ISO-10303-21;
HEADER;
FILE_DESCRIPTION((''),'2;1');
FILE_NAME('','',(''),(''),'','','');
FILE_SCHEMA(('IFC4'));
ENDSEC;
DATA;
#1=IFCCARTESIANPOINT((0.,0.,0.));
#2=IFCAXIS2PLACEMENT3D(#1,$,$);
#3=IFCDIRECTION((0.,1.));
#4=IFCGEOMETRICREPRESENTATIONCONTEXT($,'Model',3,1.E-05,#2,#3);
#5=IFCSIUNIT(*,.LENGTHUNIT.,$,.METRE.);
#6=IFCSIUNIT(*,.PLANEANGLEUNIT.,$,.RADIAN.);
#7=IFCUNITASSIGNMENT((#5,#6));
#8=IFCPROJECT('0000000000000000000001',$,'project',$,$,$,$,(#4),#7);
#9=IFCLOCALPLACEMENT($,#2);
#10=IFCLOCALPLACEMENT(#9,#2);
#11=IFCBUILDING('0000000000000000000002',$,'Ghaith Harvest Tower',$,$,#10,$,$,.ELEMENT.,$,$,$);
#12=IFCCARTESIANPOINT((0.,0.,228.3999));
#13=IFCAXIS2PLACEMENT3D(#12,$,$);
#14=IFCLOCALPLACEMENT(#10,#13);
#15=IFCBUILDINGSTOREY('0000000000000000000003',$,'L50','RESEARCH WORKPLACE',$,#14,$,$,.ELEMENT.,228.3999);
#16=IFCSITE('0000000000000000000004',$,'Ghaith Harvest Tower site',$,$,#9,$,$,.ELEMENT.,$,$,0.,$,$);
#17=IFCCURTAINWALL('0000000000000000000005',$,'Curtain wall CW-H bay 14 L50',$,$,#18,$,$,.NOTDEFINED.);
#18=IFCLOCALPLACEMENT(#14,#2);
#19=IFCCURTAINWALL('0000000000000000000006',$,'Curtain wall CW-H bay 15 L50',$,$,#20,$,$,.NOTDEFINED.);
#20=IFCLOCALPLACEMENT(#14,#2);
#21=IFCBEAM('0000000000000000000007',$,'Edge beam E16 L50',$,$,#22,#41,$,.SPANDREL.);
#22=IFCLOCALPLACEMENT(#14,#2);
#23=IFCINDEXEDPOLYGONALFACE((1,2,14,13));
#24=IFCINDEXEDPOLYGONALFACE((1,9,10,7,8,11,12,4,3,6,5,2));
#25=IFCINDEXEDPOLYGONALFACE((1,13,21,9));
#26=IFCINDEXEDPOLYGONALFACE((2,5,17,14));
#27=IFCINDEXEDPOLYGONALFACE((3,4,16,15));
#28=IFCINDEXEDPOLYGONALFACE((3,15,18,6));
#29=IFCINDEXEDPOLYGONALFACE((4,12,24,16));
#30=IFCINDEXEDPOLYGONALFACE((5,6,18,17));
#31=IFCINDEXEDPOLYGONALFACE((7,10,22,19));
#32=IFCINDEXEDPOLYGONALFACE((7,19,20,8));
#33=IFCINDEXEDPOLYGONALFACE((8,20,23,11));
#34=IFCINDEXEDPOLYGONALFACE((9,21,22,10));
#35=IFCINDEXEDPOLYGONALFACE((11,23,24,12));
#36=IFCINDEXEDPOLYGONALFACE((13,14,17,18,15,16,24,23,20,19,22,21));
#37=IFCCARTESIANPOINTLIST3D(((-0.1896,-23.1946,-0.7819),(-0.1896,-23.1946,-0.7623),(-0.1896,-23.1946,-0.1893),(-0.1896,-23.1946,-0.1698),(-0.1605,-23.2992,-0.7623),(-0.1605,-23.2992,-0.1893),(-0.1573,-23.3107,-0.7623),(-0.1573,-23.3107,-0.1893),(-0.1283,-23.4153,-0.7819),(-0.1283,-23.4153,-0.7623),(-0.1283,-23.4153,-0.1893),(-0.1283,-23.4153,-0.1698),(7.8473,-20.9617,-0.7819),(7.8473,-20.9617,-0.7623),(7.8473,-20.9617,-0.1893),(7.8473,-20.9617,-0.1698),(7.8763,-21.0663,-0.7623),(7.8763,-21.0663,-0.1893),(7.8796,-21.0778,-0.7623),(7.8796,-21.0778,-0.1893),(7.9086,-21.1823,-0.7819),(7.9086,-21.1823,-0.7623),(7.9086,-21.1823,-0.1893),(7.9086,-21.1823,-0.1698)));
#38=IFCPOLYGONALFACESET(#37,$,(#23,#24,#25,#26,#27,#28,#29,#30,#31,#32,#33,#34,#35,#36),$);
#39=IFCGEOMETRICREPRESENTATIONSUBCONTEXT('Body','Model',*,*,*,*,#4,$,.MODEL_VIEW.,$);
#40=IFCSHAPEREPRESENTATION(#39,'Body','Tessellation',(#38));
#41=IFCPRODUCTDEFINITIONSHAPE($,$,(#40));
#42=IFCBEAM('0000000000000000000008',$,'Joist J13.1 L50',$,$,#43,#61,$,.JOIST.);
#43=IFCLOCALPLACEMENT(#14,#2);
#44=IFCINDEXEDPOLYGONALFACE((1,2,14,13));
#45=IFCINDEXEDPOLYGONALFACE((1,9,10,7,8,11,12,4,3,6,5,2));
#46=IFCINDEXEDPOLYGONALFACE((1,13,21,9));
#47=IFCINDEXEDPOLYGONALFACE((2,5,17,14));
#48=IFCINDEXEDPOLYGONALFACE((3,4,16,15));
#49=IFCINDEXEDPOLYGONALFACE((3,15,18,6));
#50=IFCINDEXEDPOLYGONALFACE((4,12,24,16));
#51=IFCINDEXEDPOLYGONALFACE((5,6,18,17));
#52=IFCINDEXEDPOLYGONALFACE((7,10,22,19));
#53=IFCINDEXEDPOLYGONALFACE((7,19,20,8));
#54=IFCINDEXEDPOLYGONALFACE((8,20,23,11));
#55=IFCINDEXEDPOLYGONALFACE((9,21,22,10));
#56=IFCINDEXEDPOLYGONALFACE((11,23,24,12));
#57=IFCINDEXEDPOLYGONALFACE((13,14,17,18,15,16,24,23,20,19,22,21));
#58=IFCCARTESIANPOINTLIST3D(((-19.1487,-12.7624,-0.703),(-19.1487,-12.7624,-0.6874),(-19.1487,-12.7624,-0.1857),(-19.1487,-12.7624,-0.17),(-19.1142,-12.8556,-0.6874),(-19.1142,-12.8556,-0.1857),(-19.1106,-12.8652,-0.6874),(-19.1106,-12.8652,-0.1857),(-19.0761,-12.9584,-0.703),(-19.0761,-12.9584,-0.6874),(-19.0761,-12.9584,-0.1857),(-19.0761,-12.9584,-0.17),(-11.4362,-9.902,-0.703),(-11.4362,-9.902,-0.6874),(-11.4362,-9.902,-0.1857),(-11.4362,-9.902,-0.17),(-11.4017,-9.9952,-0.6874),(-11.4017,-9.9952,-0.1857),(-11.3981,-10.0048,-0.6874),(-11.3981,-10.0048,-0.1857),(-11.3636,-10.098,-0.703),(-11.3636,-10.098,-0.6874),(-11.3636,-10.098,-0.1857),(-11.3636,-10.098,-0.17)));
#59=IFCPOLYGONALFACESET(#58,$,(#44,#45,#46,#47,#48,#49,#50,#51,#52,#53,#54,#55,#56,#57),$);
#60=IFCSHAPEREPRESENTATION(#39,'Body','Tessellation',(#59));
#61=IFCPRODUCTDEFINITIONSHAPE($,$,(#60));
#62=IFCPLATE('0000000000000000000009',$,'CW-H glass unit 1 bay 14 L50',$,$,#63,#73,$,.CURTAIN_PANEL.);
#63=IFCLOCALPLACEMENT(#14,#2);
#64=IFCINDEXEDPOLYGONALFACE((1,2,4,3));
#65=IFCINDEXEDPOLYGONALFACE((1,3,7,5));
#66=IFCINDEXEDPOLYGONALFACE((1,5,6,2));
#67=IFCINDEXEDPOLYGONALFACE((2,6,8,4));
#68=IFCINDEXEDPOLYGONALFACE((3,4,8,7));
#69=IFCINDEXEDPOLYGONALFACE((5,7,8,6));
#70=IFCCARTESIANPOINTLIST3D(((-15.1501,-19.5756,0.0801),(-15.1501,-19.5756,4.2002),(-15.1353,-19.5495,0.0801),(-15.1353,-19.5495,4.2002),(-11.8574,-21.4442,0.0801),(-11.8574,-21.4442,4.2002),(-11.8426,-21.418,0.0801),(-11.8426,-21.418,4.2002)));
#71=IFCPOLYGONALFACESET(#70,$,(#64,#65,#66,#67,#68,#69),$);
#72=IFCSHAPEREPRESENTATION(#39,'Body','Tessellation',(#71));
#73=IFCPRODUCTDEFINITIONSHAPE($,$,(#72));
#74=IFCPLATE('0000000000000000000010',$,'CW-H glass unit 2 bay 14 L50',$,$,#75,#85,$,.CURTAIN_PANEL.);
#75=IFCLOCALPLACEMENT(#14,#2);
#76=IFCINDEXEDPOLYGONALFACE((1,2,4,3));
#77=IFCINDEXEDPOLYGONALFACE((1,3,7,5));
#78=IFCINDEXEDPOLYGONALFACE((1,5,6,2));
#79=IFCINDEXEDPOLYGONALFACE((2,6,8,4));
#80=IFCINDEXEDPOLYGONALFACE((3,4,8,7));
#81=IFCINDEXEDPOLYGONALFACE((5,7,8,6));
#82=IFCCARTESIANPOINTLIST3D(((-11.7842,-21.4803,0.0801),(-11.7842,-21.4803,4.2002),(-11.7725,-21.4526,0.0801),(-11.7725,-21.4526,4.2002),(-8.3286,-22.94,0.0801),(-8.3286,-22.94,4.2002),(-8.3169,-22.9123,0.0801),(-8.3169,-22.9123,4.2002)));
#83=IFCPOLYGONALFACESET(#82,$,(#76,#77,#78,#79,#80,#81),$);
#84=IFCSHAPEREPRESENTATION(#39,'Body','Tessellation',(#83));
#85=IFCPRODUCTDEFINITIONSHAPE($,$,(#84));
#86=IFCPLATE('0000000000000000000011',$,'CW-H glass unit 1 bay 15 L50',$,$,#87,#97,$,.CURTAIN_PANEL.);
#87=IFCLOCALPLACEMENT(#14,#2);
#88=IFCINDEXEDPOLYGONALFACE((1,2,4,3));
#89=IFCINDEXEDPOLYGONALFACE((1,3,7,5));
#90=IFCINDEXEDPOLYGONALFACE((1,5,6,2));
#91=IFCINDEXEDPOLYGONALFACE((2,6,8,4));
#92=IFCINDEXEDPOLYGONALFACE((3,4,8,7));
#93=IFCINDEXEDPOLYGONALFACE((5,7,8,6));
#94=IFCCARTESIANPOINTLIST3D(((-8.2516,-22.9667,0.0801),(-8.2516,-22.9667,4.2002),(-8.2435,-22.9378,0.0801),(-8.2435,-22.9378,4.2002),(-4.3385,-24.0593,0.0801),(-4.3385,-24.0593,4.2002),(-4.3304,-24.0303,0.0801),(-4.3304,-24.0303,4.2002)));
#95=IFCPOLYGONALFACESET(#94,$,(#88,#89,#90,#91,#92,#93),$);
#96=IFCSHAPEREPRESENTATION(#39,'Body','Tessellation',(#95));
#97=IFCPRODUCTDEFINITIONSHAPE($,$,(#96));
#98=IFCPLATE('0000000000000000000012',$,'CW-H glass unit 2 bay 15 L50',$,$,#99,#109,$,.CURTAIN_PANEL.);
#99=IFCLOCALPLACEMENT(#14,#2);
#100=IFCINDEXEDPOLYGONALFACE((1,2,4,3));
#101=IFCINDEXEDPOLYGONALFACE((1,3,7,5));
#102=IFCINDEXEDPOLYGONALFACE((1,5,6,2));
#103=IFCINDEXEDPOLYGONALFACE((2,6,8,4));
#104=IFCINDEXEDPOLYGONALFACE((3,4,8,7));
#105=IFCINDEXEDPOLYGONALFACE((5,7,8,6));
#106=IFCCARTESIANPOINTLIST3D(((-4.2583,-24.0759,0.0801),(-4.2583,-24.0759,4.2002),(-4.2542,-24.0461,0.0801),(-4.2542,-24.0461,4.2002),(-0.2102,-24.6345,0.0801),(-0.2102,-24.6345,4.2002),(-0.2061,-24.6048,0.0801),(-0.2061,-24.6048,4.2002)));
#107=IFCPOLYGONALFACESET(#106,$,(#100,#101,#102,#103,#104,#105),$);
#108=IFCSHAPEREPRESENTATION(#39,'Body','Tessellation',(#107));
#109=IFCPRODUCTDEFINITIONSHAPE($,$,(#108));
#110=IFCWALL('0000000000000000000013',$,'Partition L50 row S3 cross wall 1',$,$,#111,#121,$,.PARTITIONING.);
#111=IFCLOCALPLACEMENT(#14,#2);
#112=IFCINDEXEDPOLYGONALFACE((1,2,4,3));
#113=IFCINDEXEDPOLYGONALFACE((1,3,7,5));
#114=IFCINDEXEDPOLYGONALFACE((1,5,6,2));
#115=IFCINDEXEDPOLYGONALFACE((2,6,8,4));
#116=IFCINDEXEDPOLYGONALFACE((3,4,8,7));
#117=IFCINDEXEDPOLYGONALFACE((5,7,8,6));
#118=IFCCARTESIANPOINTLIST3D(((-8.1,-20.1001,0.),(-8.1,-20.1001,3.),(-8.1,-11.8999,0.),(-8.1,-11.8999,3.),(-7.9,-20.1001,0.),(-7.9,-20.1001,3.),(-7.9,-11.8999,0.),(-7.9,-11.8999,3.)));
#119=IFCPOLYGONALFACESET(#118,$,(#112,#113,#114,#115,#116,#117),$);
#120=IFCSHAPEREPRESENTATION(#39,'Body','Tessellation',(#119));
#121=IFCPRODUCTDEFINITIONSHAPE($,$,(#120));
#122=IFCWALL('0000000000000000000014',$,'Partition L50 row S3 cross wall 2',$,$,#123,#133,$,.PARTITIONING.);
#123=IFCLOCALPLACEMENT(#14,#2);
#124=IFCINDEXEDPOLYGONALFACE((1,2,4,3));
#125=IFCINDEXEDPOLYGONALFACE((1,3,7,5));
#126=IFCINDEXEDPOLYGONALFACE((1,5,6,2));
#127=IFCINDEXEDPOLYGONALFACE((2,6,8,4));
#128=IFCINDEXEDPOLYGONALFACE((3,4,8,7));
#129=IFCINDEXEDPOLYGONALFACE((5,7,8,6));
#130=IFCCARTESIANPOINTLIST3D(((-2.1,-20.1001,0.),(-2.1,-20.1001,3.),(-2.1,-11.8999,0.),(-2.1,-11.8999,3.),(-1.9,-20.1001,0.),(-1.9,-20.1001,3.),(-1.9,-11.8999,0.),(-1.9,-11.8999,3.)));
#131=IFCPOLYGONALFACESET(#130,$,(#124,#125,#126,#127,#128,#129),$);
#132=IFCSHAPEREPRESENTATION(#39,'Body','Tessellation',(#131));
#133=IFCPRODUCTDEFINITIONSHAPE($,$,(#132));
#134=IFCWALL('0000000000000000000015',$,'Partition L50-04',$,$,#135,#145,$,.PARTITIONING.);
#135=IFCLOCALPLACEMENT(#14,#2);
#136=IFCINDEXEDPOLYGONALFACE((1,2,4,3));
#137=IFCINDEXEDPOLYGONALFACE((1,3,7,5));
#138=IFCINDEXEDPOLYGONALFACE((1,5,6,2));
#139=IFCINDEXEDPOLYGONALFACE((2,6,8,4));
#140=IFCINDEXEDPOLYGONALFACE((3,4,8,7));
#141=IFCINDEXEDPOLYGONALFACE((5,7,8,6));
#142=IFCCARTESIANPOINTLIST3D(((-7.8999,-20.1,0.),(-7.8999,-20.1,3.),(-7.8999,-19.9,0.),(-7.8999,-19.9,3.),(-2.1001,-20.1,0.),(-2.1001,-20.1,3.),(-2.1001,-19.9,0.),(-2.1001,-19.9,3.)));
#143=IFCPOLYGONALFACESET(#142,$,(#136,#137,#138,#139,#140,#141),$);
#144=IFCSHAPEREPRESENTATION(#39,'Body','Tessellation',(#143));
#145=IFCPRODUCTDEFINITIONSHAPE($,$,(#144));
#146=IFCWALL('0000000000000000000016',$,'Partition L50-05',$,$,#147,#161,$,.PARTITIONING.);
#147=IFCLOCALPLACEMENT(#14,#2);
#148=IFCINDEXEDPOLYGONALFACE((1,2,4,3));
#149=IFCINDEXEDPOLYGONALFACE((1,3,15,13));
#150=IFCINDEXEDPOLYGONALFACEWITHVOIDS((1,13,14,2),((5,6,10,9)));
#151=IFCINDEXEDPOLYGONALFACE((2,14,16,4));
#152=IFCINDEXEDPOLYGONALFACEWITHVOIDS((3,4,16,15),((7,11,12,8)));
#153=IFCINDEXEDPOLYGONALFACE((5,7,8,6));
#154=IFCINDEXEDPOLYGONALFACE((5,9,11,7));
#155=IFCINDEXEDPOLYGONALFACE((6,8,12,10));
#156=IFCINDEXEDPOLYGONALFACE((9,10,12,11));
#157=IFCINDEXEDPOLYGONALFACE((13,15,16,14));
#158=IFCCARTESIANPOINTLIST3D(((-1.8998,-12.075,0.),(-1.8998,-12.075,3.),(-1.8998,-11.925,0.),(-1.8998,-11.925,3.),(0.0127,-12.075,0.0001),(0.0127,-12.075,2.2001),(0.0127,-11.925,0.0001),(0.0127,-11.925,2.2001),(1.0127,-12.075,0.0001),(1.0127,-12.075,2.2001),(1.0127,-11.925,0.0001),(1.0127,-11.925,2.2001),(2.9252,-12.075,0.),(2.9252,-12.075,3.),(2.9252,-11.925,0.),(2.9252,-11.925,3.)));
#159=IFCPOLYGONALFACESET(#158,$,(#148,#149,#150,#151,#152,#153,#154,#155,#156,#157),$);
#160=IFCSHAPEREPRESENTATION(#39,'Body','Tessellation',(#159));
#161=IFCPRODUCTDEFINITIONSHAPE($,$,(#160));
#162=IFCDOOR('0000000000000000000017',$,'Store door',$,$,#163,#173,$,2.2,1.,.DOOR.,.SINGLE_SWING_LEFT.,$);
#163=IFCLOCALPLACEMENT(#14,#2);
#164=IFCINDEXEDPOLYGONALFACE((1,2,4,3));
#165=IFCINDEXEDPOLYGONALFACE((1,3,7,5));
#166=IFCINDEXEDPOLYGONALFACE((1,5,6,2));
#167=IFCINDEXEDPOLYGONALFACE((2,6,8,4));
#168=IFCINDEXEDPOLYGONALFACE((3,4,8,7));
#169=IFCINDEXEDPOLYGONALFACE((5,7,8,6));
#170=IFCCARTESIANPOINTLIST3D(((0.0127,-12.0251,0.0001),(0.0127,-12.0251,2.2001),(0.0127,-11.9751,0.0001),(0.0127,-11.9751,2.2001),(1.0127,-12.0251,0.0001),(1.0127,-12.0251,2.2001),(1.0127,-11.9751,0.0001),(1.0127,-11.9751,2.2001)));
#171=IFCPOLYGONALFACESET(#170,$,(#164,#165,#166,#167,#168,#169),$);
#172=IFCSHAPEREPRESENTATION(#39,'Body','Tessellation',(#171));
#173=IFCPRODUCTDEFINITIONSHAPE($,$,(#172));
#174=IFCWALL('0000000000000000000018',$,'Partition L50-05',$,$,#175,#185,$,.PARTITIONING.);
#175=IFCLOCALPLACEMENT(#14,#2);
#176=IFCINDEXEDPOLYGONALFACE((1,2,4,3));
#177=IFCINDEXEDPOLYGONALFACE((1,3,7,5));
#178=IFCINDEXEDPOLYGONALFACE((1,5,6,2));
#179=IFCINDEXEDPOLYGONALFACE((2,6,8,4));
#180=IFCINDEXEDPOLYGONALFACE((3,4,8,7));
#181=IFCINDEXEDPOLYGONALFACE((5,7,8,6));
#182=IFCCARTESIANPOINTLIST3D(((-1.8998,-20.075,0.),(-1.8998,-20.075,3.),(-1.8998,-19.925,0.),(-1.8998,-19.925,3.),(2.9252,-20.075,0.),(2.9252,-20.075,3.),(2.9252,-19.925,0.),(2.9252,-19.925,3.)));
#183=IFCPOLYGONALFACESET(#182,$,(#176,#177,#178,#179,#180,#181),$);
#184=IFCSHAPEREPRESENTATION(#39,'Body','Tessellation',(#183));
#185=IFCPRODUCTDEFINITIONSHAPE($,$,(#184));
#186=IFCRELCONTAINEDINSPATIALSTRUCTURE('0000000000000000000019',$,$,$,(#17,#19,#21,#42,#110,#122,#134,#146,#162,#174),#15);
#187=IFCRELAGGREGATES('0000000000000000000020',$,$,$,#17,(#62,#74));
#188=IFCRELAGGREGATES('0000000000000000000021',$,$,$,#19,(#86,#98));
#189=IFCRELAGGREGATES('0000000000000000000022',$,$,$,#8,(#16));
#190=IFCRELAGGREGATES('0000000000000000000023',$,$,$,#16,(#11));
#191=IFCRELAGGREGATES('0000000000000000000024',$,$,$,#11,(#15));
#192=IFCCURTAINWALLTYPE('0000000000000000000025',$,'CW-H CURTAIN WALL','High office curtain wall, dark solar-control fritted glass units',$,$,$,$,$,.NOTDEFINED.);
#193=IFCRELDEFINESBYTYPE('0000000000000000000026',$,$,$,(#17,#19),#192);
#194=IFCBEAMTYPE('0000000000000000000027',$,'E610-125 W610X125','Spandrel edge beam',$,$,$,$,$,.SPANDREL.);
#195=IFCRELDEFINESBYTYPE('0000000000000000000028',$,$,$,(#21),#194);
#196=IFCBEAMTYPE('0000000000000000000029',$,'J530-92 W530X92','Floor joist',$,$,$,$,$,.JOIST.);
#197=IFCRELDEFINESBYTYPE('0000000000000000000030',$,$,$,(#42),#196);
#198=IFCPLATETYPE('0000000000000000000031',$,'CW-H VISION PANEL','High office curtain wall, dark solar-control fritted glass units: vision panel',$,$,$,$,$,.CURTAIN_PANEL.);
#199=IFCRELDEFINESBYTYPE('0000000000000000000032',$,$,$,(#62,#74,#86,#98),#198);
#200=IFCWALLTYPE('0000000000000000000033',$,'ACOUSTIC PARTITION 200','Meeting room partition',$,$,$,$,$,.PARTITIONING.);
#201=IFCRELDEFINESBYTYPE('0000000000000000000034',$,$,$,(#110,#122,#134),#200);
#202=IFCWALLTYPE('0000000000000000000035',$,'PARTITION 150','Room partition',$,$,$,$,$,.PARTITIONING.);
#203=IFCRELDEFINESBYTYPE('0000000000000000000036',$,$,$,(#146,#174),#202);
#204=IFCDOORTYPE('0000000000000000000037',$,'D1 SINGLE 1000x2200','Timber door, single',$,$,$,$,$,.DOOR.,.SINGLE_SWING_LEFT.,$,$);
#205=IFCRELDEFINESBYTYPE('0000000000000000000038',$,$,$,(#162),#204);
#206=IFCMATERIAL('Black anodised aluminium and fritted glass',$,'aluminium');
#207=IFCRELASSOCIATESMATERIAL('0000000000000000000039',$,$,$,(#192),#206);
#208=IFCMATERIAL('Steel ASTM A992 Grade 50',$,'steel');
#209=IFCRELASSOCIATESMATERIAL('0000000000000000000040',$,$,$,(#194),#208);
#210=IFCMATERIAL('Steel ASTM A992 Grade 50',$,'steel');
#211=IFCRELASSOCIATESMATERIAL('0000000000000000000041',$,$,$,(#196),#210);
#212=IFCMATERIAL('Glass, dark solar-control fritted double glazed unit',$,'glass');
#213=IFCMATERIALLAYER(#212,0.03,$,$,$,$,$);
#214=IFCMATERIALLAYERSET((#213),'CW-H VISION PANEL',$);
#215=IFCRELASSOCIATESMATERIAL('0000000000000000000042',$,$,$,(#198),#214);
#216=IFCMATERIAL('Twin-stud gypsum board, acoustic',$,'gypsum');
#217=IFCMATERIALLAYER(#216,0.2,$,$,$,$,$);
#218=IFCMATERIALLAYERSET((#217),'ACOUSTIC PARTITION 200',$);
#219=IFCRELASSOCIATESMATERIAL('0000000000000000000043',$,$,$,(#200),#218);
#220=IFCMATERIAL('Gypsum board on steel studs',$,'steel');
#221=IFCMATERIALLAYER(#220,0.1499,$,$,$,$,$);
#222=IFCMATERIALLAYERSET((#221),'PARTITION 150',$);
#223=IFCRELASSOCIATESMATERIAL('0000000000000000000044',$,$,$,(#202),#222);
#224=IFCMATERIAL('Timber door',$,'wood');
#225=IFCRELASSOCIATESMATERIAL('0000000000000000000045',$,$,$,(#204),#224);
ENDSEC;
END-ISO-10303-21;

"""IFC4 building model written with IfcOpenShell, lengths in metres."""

from ifc_helpers import new_model, si_unit, direction, frame, frame_2d, origin, origin_2d, place, context, subcontext, project, spatial, rectangle, i_section, extrude, material, layer, layer_set, material_profile, profile_set, type_object, element, fill, aggregate, save


model = new_model("IFC4")

# Units and contexts
model_context = context("Model", 3, precision=1e-05, world=origin(), true_north=direction((0.0, 1.0)))
body_context = subcontext(model_context, "Body", "Model", "MODEL_VIEW")
ifc_project = project(units=[si_unit("LENGTHUNIT", "METRE"), si_unit("PLANEANGLEUNIT", "RADIAN")], contexts=[model_context])

# Site, building, storey
site_placement = place(None, origin())
site = spatial("IfcSite", under=ifc_project, at=site_placement, Name="Ghaith Harvest Tower site", CompositionType="ELEMENT", RefElevation=0.0)
building_placement = place(site_placement, origin())
building = spatial("IfcBuilding", under=site, at=building_placement, Name="Ghaith Harvest Tower", CompositionType="ELEMENT")
storey_placement = place(building_placement, frame((0.0, 0.0, 228.3999)))
storey = spatial("IfcBuildingStorey", under=building, at=storey_placement, Name="L50", Description="RESEARCH WORKPLACE", CompositionType="ELEMENT", Elevation=228.3999)

# Curtain wall
ifc_material_1 = material(Name="Black anodised aluminium and fritted glass", Category="aluminium")
curtain_wall_type = type_object("IfcCurtainWallType", Name="CW-H CURTAIN WALL", Description="High office curtain wall, dark solar-control fritted glass units", PredefinedType="NOTDEFINED", material=ifc_material_1)
curtain_wall_1_placement = place(storey_placement, origin())
curtain_wall_1 = element("IfcCurtainWall", 1, at=curtain_wall_1_placement, inside=storey, type_object=curtain_wall_type, Name="Curtain wall CW-H bay 14 L50", PredefinedType="NOTDEFINED")

# Curtain wall
curtain_wall_2_placement = place(storey_placement, origin())
curtain_wall_2 = element("IfcCurtainWall", 2, at=curtain_wall_2_placement, inside=storey, type_object=curtain_wall_type, Name="Curtain wall CW-H bay 15 L50", PredefinedType="NOTDEFINED")

# Beams
ifc_material_2 = material(Name="Steel ASTM A992 Grade 50", Category="steel")
ifc_material_profile_1 = material_profile(ifc_material_2, i_section(OverallWidth=0.229, OverallDepth=0.6121, WebThickness=0.012, FlangeThickness=0.0195, at=origin_2d()), Name="W610X125")
ifc_profile_set_1 = profile_set([ifc_material_profile_1], Name="Steel ASTM A992 Grade 50")
beam_type_1 = type_object("IfcBeamType", Name="E610-125 W610X125", Description="Spandrel edge beam", PredefinedType="SPANDREL", material=ifc_profile_set_1)
beam_1_placement = place(storey_placement, frame((-0.1589, -23.3049, -0.4758), z_axis=(0.963504, 0.267694, 0.0), x_axis=(-0.267694, 0.963504, 0.0)))
element("IfcBeam", 3, at=beam_1_placement, inside=storey, type_object=beam_type_1, Name="Edge beam E16 L50", PredefinedType="SPANDREL", context=body_context, shape_type="SweptSolid", body=[
    extrude(i_section(OverallWidth=0.229, OverallDepth=0.6121, WebThickness=0.012, FlangeThickness=0.0195, at=origin_2d()), origin(), (0.0, 0.0, 1.0), 8.3413),
])
ifc_material_3 = material(Name="Steel ASTM A992 Grade 50", Category="steel")
ifc_material_profile_2 = material_profile(ifc_material_3, i_section(OverallWidth=0.209, OverallDepth=0.533, WebThickness=0.0103, FlangeThickness=0.0156, at=origin_2d()), Name="W530X92")
ifc_profile_set_2 = profile_set([ifc_material_profile_2], Name="Steel ASTM A992 Grade 50")
beam_type_2 = type_object("IfcBeamType", Name="J530-92 W530X92", Description="Floor joist", PredefinedType="JOIST", material=ifc_profile_set_2)
beam_2_placement = place(storey_placement, frame((-11.3999, -10.0, -0.4365), z_axis=(-0.937594, -0.347732, 0.0), x_axis=(0.347732, -0.937594, 0.0)))
element("IfcBeam", 4, at=beam_2_placement, inside=storey, type_object=beam_type_2, Name="Joist J13.1 L50", PredefinedType="JOIST", context=body_context, shape_type="SweptSolid", body=[
    extrude(i_section(OverallWidth=0.209, OverallDepth=0.533, WebThickness=0.0103, FlangeThickness=0.0156, at=origin_2d()), origin(), (0.0, 0.0, 1.0), 8.2258),
])

# Plates
ifc_material_4 = material(Name="Glass, dark solar-control fritted double glazed unit", Category="glass")
ifc_layer_1 = layer(ifc_material_4, 0.03)
ifc_layer_set_1 = layer_set([ifc_layer_1], Name="CW-H VISION PANEL")
plate_type = type_object("IfcPlateType", Name="CW-H VISION PANEL", Description="High office curtain wall, dark solar-control fritted glass units: vision panel", PredefinedType="CURTAIN_PANEL", material=ifc_layer_set_1)
plate_1_placement = place(storey_placement, frame((-13.4963, -20.4968, 0.0801), z_axis=(0.0, 0.0, 1.0), x_axis=(0.869715, -0.493554, 0.0)))
plate_1 = element("IfcPlate", 5, at=plate_1_placement, type_object=plate_type, Name="CW-H glass unit 1 bay 14 L50", PredefinedType="CURTAIN_PANEL", context=body_context, shape_type="SweptSolid", body=[
    extrude(rectangle(XDim=3.7859, YDim=0.03, at=origin_2d()), origin(), (0.0, 0.0, 1.0), 4.1201),
])
plate_2_placement = place(storey_placement, frame((-10.0505, -22.1963, 0.0801), z_axis=(0.0, 0.0, 1.0), x_axis=(0.921182, -0.389133, 0.0)))
plate_2 = element("IfcPlate", 6, at=plate_2_placement, type_object=plate_type, Name="CW-H glass unit 2 bay 14 L50", PredefinedType="CURTAIN_PANEL", context=body_context, shape_type="SweptSolid", body=[
    extrude(rectangle(XDim=3.7512, YDim=0.03, at=origin_2d()), origin(), (0.0, 0.0, 1.0), 4.1201),
])
aggregate(curtain_wall_1, [plate_1, plate_2])
plate_3_placement = place(storey_placement, frame((-6.291, -23.4985, 0.0801), z_axis=(0.0, 0.0, 1.0), x_axis=(0.963163, -0.268919, 0.0)))
plate_3 = element("IfcPlate", 7, at=plate_3_placement, type_object=plate_type, Name="CW-H glass unit 1 bay 15 L50", PredefinedType="CURTAIN_PANEL", context=body_context, shape_type="SweptSolid", body=[
    extrude(rectangle(XDim=4.0627, YDim=0.03, at=origin_2d()), origin(), (0.0, 0.0, 1.0), 4.1201),
])
plate_4_placement = place(storey_placement, frame((-2.2322, -24.3403, 0.0801), z_axis=(0.0, 0.0, 1.0), x_axis=(0.990612, -0.136702, 0.0)))
plate_4 = element("IfcPlate", 8, at=plate_4_placement, type_object=plate_type, Name="CW-H glass unit 2 bay 15 L50", PredefinedType="CURTAIN_PANEL", context=body_context, shape_type="SweptSolid", body=[
    extrude(rectangle(XDim=4.0864, YDim=0.03, at=origin_2d()), origin(), (0.0, 0.0, 1.0), 4.1201),
])
aggregate(curtain_wall_2, [plate_3, plate_4])

# Walls
ifc_material_5 = material(Name="Twin-stud gypsum board, acoustic", Category="gypsum")
ifc_layer_2 = layer(ifc_material_5, 0.2)
ifc_layer_set_2 = layer_set([ifc_layer_2], Name="ACOUSTIC PARTITION 200")
wall_type_1 = type_object("IfcWallType", Name="ACOUSTIC PARTITION 200", Description="Meeting room partition", PredefinedType="PARTITIONING", material=ifc_layer_set_2)
for number, where, z_axis, x_axis, name in (
    (9, (-8.0, -11.8999, 0.0), (0.0, 0.0, 1.0), (0.0, -1.0, 0.0), "Partition L50 row S3 cross wall 1"),
    (10, (-2.0, -11.8999, 0.0), (0.0, 0.0, 1.0), (0.0, -1.0, 0.0), "Partition L50 row S3 cross wall 2"),
):
    element("IfcWall", number, at=place(storey_placement, frame(where, z_axis=z_axis, x_axis=x_axis)), inside=storey, type_object=wall_type_1, Name=name, PredefinedType="PARTITIONING", context=body_context, shape_type="SweptSolid", body=[
        extrude(rectangle(XDim=8.2002, YDim=0.2, at=frame_2d((4.1001, 0.0))), origin(), (0.0, 0.0, 1.0), 3.0),
    ])

# Wall
wall_1_placement = place(storey_placement, frame((-7.8999, -20.0, 0.0), z_axis=(0.0, 0.0, 1.0), x_axis=(1.0, 0.0, 0.0)))
element("IfcWall", 11, at=wall_1_placement, inside=storey, type_object=wall_type_1, Name="Partition L50-04", PredefinedType="PARTITIONING", context=body_context, shape_type="SweptSolid", body=[
    extrude(rectangle(XDim=5.7998, YDim=0.2, at=frame_2d((2.8999, 0.0))), origin(), (0.0, 0.0, 1.0), 3.0),
])

# Wall, opening, door
ifc_material_6 = material(Name="Gypsum board on steel studs", Category="steel")
ifc_layer_3 = layer(ifc_material_6, 0.1499)
ifc_layer_set_3 = layer_set([ifc_layer_3], Name="PARTITION 150")
wall_type_2 = type_object("IfcWallType", Name="PARTITION 150", Description="Room partition", PredefinedType="PARTITIONING", material=ifc_layer_set_3)
wall_2_placement = place(storey_placement, frame((-1.8999, -12.0, 0.0), z_axis=(0.0, 0.0, 1.0), x_axis=(1.0, 0.0, 0.0)))
wall_2 = element("IfcWall", 12, at=wall_2_placement, inside=storey, type_object=wall_type_2, Name="Partition L50-05", PredefinedType="PARTITIONING", context=body_context, shape_type="SweptSolid", body=[
    extrude(rectangle(XDim=4.825, YDim=0.1499, at=frame_2d((2.4126, 0.0))), origin(), (0.0, 0.0, 1.0), 3.0),
])
opening_1_placement = place(wall_2_placement, frame((1.9126, 0.0, 0.0)))
opening_1 = element("IfcOpeningElement", 13, at=opening_1_placement, cuts=wall_2, PredefinedType="OPENING", context=body_context, shape_type="SweptSolid", body=[
    extrude(rectangle(XDim=1.0, YDim=2.2, at=frame_2d((0.5, 1.1001))), frame((0.0, 0.085, 0.0), z_axis=(0.0, -1.0, 0.0), x_axis=(1.0, 0.0, 0.0)), (0.0, 0.0, 1.0), 0.1699),
])
ifc_material_7 = material(Name="Timber door", Category="wood")
door_type_1 = type_object("IfcDoorType", Name="D1 SINGLE 1000x2200", Description="Timber door, single", OperationType="SINGLE_SWING_LEFT", PredefinedType="DOOR", material=ifc_material_7)
door_1_placement = place(opening_1_placement, origin())
door_1 = element("IfcDoor", 14, at=door_1_placement, inside=storey, type_object=door_type_1, Name="Store door", OperationType="SINGLE_SWING_LEFT", OverallHeight=2.2, OverallWidth=1.0, PredefinedType="DOOR", context=body_context, shape_type="SweptSolid", body=[
    extrude(rectangle(XDim=1.0, YDim=2.2, at=frame_2d((0.5, 1.1001))), frame((0.0, 0.0249, 0.0), z_axis=(0.0, -1.0, 0.0), x_axis=(1.0, 0.0, 0.0)), (0.0, 0.0, 1.0), 0.05),
])
fill(opening_1, door_1)

# Wall
wall_3_placement = place(storey_placement, frame((-1.8999, -20.0, 0.0), z_axis=(0.0, 0.0, 1.0), x_axis=(1.0, 0.0, 0.0)))
element("IfcWall", 15, at=wall_3_placement, inside=storey, type_object=wall_type_2, Name="Partition L50-05", PredefinedType="PARTITIONING", context=body_context, shape_type="SweptSolid", body=[
    extrude(rectangle(XDim=4.825, YDim=0.1499, at=frame_2d((2.4126, 0.0))), origin(), (0.0, 0.0, 1.0), 3.0),
])

save(model, "model.ifc")
